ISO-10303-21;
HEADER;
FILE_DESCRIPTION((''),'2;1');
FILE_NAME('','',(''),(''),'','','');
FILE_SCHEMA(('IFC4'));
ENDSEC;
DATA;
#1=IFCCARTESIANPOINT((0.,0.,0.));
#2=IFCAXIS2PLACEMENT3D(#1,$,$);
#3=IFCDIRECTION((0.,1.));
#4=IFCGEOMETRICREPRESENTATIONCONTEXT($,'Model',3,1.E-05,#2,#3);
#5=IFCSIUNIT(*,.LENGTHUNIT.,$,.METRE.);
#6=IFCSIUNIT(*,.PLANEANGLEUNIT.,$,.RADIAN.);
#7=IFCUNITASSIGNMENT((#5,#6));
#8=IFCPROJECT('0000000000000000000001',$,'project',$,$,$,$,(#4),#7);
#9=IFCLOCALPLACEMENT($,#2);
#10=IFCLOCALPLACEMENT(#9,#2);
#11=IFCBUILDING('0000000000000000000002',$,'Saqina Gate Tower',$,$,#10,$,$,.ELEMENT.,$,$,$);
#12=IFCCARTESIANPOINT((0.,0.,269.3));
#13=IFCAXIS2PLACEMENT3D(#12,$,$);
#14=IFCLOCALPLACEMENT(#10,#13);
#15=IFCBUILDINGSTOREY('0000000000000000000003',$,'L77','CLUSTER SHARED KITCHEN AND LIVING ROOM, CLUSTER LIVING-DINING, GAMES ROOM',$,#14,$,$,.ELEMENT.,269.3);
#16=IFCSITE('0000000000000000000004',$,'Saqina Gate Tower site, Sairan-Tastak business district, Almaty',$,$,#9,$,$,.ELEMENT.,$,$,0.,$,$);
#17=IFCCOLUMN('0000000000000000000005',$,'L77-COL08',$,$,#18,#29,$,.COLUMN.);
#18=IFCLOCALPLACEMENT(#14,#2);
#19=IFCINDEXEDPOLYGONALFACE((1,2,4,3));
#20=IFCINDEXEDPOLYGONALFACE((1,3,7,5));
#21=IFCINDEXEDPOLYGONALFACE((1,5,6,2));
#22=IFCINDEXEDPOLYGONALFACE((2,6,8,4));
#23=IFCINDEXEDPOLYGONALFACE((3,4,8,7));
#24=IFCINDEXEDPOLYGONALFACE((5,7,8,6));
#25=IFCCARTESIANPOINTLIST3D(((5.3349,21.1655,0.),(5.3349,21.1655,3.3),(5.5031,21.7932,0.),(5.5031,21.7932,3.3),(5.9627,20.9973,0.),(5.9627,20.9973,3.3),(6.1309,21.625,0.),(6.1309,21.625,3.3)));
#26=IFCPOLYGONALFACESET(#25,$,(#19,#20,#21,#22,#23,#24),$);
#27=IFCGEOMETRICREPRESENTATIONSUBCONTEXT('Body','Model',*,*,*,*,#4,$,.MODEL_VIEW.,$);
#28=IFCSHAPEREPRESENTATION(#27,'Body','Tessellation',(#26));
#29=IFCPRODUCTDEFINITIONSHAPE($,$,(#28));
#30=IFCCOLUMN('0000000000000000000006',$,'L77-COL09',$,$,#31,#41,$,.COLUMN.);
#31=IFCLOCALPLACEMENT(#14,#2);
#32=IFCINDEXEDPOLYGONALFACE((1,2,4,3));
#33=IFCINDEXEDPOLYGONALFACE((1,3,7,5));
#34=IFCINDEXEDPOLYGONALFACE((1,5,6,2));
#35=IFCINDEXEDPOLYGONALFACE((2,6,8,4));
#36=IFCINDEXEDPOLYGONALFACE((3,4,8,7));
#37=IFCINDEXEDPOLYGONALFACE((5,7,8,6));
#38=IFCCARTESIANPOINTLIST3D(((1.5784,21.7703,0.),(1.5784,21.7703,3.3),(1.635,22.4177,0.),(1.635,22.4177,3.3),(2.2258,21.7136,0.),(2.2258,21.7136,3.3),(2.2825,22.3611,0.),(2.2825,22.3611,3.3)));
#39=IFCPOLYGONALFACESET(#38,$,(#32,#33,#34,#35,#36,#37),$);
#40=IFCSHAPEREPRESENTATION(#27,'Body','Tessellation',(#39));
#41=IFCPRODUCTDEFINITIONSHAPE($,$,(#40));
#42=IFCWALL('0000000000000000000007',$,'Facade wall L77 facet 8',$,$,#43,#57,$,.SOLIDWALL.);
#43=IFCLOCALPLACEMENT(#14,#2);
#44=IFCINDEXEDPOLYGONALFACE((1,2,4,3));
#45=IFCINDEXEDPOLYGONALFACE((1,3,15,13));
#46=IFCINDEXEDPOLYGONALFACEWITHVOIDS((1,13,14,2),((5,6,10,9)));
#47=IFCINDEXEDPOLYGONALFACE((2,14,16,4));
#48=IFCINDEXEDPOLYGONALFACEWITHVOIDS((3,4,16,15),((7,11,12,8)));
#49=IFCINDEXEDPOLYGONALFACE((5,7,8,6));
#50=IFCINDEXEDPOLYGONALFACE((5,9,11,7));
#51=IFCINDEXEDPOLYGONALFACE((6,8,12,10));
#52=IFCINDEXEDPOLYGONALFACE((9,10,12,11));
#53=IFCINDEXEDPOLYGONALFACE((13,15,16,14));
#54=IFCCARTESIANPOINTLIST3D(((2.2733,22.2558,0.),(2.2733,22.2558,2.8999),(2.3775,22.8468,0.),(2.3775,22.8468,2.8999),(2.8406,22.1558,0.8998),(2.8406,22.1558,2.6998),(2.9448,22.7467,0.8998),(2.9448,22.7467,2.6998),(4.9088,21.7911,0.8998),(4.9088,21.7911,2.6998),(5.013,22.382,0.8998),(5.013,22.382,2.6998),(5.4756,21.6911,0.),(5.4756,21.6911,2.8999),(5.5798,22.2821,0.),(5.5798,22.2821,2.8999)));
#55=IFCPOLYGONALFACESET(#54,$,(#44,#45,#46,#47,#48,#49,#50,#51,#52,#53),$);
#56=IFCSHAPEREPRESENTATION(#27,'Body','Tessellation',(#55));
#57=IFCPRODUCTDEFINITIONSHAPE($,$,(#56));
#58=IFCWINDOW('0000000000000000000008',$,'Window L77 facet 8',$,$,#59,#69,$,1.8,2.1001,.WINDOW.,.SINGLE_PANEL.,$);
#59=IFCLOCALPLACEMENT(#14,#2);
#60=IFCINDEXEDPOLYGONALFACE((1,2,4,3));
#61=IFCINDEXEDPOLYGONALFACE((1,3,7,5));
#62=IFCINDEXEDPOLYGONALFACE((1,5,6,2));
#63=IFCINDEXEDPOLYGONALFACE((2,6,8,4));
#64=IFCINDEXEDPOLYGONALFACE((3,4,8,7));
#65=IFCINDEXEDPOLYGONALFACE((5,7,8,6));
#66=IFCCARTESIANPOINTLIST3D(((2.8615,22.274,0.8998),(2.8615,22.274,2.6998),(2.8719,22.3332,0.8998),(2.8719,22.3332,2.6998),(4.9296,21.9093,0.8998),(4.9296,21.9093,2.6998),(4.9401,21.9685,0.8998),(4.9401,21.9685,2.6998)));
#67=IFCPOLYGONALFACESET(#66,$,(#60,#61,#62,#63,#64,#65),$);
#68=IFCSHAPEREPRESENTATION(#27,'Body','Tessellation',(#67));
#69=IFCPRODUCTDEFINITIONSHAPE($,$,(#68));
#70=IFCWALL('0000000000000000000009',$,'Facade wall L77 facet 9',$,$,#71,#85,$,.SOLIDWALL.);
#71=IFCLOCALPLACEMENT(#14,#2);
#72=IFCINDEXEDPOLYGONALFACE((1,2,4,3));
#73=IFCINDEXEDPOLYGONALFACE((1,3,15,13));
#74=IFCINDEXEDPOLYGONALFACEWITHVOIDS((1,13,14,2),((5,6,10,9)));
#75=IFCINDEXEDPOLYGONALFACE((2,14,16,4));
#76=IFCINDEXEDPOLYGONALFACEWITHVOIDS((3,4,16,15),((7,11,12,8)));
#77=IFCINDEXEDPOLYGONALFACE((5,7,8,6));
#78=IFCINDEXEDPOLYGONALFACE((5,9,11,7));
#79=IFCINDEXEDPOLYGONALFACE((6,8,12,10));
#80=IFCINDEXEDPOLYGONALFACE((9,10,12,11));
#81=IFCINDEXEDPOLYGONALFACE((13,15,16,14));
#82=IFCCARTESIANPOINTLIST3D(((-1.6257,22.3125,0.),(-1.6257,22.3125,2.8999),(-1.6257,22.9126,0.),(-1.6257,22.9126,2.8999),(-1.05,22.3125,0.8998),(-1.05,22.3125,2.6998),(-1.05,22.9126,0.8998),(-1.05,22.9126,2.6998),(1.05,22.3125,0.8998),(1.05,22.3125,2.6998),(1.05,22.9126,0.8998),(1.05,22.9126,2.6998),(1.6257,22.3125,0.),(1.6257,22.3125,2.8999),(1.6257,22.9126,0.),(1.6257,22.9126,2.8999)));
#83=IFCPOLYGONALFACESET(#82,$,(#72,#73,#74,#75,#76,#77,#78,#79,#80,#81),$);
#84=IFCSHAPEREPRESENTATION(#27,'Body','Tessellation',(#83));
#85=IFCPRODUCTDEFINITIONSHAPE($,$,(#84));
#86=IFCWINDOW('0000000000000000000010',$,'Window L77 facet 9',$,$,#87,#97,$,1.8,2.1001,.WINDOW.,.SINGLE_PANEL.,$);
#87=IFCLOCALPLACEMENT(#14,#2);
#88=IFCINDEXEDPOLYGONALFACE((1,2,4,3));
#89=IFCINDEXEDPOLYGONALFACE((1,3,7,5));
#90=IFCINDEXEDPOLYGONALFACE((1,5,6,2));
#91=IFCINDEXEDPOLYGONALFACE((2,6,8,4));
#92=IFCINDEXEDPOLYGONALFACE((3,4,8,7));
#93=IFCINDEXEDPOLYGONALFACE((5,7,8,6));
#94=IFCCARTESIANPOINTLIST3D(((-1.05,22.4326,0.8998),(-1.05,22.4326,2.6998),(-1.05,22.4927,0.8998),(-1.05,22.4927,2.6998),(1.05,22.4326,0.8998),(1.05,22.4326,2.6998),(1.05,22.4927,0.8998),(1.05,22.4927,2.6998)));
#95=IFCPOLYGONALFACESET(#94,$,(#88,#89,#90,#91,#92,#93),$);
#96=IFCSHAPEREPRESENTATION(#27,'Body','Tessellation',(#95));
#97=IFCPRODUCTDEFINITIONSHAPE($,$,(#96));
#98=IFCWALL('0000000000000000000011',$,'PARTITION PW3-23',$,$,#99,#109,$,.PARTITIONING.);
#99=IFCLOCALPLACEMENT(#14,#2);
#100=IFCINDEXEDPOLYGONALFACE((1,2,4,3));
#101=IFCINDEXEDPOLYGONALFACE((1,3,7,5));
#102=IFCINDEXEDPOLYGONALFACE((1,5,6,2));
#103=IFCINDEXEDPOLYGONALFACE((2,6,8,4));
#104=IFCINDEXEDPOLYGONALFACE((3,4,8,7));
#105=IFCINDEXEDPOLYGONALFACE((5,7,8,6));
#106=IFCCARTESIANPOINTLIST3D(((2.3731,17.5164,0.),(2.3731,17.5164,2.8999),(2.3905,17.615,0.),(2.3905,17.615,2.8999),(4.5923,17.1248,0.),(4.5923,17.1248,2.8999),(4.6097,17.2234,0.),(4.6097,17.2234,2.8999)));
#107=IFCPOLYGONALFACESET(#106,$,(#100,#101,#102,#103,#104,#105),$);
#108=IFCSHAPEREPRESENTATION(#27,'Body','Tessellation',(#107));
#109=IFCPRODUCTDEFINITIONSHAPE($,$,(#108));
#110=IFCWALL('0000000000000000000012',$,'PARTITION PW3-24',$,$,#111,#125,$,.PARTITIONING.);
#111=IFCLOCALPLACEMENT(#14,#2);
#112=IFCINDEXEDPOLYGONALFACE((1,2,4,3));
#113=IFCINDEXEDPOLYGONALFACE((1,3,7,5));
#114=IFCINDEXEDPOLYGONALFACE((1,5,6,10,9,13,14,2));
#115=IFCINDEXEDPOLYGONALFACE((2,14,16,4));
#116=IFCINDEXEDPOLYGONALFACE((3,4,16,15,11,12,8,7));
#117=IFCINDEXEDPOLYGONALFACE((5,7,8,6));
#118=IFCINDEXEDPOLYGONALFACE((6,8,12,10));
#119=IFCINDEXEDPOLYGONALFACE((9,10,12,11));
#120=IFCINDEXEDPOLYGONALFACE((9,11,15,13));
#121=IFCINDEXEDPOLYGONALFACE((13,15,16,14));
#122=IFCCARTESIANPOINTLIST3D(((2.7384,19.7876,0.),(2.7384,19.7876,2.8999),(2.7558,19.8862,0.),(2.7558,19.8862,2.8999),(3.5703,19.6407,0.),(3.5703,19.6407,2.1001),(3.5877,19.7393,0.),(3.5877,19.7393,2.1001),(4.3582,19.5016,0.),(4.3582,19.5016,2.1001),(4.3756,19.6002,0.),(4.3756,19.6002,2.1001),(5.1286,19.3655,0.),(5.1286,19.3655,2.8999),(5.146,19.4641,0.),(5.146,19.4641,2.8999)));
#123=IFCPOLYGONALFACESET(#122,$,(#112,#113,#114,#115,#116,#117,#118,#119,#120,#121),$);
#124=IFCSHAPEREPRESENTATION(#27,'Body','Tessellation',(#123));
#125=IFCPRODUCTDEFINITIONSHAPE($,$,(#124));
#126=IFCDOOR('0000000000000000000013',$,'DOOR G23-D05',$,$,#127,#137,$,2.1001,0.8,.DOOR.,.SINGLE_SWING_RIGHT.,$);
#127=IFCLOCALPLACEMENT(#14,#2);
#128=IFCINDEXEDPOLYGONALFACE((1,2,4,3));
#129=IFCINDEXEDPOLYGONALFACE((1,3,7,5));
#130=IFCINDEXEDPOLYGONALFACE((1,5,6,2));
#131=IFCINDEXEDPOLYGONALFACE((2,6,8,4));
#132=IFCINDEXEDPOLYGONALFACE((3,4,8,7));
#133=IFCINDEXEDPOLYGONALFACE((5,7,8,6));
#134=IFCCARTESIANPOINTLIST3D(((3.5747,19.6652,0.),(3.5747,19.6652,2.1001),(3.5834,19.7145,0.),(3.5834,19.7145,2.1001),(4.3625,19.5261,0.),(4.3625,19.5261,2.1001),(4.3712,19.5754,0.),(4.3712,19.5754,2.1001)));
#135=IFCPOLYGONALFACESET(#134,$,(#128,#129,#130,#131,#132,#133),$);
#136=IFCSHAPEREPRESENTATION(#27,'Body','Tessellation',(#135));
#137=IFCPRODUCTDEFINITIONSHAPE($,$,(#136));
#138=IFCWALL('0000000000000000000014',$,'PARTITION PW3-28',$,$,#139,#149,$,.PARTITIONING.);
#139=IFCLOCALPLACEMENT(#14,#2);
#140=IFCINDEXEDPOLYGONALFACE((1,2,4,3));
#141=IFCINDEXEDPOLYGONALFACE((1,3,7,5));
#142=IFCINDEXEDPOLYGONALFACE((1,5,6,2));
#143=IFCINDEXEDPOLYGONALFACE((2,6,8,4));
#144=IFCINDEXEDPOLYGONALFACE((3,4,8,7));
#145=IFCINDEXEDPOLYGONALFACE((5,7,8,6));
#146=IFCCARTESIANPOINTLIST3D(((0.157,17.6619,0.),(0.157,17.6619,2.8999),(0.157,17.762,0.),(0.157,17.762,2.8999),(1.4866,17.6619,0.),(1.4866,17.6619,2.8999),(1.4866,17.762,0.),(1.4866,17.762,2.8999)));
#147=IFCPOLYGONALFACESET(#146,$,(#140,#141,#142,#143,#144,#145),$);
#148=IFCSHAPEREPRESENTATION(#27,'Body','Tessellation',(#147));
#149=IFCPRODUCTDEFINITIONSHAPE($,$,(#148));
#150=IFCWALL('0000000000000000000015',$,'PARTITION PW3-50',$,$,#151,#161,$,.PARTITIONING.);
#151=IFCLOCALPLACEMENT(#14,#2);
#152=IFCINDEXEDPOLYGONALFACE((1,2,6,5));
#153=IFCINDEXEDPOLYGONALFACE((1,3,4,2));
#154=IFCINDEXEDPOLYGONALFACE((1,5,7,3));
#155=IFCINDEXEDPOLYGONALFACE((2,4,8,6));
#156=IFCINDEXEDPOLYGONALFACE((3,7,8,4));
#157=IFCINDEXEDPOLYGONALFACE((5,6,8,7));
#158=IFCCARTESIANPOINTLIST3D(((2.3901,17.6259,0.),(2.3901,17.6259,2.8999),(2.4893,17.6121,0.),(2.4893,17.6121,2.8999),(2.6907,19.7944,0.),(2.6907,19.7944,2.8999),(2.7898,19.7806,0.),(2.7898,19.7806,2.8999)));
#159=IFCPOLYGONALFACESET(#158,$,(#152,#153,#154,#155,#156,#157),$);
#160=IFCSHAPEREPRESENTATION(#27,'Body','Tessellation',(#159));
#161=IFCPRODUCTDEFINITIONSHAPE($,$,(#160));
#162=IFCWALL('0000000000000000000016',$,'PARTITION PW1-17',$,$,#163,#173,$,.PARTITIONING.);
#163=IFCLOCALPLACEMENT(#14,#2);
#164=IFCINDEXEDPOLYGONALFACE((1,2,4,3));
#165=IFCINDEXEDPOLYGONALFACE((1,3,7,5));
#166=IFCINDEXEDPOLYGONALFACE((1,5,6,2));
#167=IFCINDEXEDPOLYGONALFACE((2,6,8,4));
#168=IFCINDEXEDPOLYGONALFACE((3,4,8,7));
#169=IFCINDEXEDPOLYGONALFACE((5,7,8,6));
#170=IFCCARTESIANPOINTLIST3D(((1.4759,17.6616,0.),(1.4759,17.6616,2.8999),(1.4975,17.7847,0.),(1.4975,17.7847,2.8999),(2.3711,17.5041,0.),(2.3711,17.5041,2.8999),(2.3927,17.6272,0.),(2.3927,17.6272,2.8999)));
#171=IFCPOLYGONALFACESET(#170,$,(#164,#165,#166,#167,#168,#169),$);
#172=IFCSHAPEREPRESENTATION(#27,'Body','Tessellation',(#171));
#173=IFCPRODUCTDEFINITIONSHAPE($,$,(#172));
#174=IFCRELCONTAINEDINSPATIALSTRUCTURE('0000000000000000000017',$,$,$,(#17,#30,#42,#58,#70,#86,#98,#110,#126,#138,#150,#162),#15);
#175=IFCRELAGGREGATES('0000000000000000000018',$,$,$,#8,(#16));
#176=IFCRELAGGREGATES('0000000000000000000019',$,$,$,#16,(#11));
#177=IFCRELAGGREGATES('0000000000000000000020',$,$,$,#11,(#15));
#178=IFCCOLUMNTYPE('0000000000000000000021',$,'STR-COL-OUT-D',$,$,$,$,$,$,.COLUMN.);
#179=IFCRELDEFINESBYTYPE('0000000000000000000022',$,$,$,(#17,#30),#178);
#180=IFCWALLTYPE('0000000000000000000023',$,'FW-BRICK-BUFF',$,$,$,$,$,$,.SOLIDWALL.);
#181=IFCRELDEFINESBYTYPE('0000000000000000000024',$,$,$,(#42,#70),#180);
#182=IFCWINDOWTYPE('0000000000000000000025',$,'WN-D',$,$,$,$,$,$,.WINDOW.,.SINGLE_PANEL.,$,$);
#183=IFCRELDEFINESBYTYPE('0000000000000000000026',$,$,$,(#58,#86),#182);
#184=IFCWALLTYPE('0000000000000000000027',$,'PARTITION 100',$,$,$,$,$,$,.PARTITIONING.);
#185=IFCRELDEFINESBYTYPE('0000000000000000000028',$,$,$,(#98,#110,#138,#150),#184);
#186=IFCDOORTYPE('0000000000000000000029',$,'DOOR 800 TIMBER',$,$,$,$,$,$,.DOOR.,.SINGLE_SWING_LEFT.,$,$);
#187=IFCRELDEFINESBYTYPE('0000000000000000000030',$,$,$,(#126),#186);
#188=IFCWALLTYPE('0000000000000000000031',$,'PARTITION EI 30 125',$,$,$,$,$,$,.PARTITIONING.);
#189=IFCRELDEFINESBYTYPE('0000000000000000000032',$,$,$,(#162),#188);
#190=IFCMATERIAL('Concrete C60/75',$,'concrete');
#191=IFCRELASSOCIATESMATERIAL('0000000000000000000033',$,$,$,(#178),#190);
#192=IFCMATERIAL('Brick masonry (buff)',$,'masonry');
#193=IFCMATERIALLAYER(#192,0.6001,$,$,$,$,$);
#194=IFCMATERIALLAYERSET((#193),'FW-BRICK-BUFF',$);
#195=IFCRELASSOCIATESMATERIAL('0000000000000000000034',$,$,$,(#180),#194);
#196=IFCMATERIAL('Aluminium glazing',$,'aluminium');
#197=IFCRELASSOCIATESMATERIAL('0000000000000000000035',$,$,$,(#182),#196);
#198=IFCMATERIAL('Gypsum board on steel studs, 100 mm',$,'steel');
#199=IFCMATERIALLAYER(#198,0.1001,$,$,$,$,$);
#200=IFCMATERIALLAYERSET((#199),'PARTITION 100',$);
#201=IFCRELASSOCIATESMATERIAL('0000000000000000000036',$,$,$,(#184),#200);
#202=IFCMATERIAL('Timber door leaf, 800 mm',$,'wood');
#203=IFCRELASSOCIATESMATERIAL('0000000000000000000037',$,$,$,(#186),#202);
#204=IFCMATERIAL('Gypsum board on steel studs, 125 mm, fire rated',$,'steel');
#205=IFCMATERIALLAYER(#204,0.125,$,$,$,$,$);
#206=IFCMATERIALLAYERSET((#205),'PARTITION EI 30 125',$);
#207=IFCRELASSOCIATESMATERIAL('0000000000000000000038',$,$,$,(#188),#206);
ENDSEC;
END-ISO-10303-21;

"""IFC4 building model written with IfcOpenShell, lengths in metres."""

from ifc_helpers import new_model, si_unit, direction, frame, frame_2d, origin, origin_2d, place, context, subcontext, project, spatial, rectangle, extrude, material, layer, layer_set, material_profile, profile_set, type_object, element, fill, save


model = new_model("IFC4")

# Units and contexts
model_context = context("Model", 3, precision=1e-05, world=origin(), true_north=direction((0.0, 1.0)))
body_context = subcontext(model_context, "Body", "Model", "MODEL_VIEW")
ifc_project = project(units=[si_unit("LENGTHUNIT", "METRE"), si_unit("PLANEANGLEUNIT", "RADIAN")], contexts=[model_context])

# Site, building, storey
site_placement = place(None, origin())
site = spatial("IfcSite", under=ifc_project, at=site_placement, Name="Saqina Gate Tower site, Sairan-Tastak business district, Almaty", CompositionType="ELEMENT", RefElevation=0.0)
building_placement = place(site_placement, origin())
building = spatial("IfcBuilding", under=site, at=building_placement, Name="Saqina Gate Tower", CompositionType="ELEMENT")
storey_placement = place(building_placement, frame((0.0, 0.0, 269.3)))
storey = spatial("IfcBuildingStorey", under=building, at=storey_placement, Name="L77", Description="CLUSTER SHARED KITCHEN AND LIVING ROOM, CLUSTER LIVING-DINING, GAMES ROOM", CompositionType="ELEMENT", Elevation=269.3)

# Columns
ifc_material_1 = material(Name="Concrete C60/75", Category="concrete")
ifc_material_profile = material_profile(ifc_material_1, rectangle(XDim=0.6499, YDim=0.6499, at=origin_2d()), Name="RC 650x650")
ifc_profile_set = profile_set([ifc_material_profile], Name="Concrete C60/75")
column_type = type_object("IfcColumnType", Name="STR-COL-OUT-D", PredefinedType="COLUMN", material=ifc_profile_set)
for number, where, z_axis, x_axis, name in (
    (1, (5.7329, 21.3953, 0.0), (0.0, 0.0, 1.0), (0.258819, 0.965926, 0.0), "L77-COL08"),
    (2, (1.9304, 22.0657, 0.0), (0.0, 0.0, 1.0), (0.087156, 0.996195, 0.0), "L77-COL09"),
):
    element("IfcColumn", number, at=place(storey_placement, frame(where, z_axis=z_axis, x_axis=x_axis)), inside=storey, type_object=column_type, Name=name, PredefinedType="COLUMN", context=body_context, shape_type="SweptSolid", body=[
        extrude(rectangle(XDim=0.6499, YDim=0.6499, at=origin_2d()), origin(), (0.0, 0.0, 1.0), 3.3),
    ])

# Walls, openings, windows
ifc_material_2 = material(Name="Brick masonry (buff)", Category="masonry")
ifc_layer_1 = layer(ifc_material_2, 0.6001)
ifc_layer_set_1 = layer_set([ifc_layer_1], Name="FW-BRICK-BUFF")
wall_type_1 = type_object("IfcWallType", Name="FW-BRICK-BUFF", PredefinedType="SOLIDWALL", material=ifc_layer_set_1)
wall_1_placement = place(storey_placement, frame((5.5278, 21.9866, 0.0), z_axis=(0.0, 0.0, 1.0), x_axis=(-0.984806, 0.173657, 0.0)))
wall_1 = element("IfcWall", 3, at=wall_1_placement, inside=storey, type_object=wall_type_1, Name="Facade wall L77 facet 8", PredefinedType="SOLIDWALL", context=body_context, shape_type="SweptSolid", body=[
    extrude(rectangle(XDim=3.2517, YDim=0.6001, at=frame_2d((1.626, 0.0))), origin(), (0.0, 0.0, 1.0), 2.8999),
])
opening_1_placement = place(wall_1_placement, frame((0.5757, 0.0, 0.8999)))
opening_1 = element("IfcOpeningElement", 4, at=opening_1_placement, cuts=wall_1, PredefinedType="OPENING", context=body_context, shape_type="SweptSolid", body=[
    extrude(rectangle(XDim=2.1001, YDim=1.8, at=frame_2d((1.05, 0.8999))), frame((0.0, 0.312, 0.0), z_axis=(0.0, -1.0, 0.0), x_axis=(1.0, 0.0, 0.0)), (0.0, 0.0, 1.0), 0.624),
])
ifc_material_3 = material(Name="Aluminium glazing", Category="aluminium")
window_type = type_object("IfcWindowType", Name="WN-D", PartitioningType="SINGLE_PANEL", PredefinedType="WINDOW", material=ifc_material_3)
window_1_placement = place(opening_1_placement, origin())
window_1 = element("IfcWindow", 5, at=window_1_placement, inside=storey, type_object=window_type, Name="Window L77 facet 8", OverallHeight=1.8, OverallWidth=2.1001, PartitioningType="SINGLE_PANEL", PredefinedType="WINDOW", context=body_context, shape_type="SweptSolid", body=[
    extrude(rectangle(XDim=2.1001, YDim=1.8, at=frame_2d((1.05, 0.8999))), frame((0.0, 0.1799, 0.0), z_axis=(0.0, -1.0, 0.0), x_axis=(1.0, 0.0, 0.0)), (0.0, 0.0, 1.0), 0.0601),
])
fill(opening_1, window_1)
wall_2_placement = place(storey_placement, frame((1.6257, 22.6125, 0.0), z_axis=(0.0, 0.0, 1.0), x_axis=(-1.0, 0.0, 0.0)))
wall_2 = element("IfcWall", 6, at=wall_2_placement, inside=storey, type_object=wall_type_1, Name="Facade wall L77 facet 9", PredefinedType="SOLIDWALL", context=body_context, shape_type="SweptSolid", body=[
    extrude(rectangle(XDim=3.2515, YDim=0.6001, at=frame_2d((1.6257, 0.0))), origin(), (0.0, 0.0, 1.0), 2.8999),
])
opening_2_placement = place(wall_2_placement, frame((0.5757, 0.0, 0.8999)))
opening_2 = element("IfcOpeningElement", 7, at=opening_2_placement, cuts=wall_2, PredefinedType="OPENING", context=body_context, shape_type="SweptSolid", body=[
    extrude(rectangle(XDim=2.1001, YDim=1.8, at=frame_2d((1.05, 0.8999))), frame((0.0, 0.312, 0.0), z_axis=(0.0, -1.0, 0.0), x_axis=(1.0, 0.0, 0.0)), (0.0, 0.0, 1.0), 0.624),
])
window_2_placement = place(opening_2_placement, origin())
window_2 = element("IfcWindow", 8, at=window_2_placement, inside=storey, type_object=window_type, Name="Window L77 facet 9", OverallHeight=1.8, OverallWidth=2.1001, PartitioningType="SINGLE_PANEL", PredefinedType="WINDOW", context=body_context, shape_type="SweptSolid", body=[
    extrude(rectangle(XDim=2.1001, YDim=1.8, at=frame_2d((1.05, 0.8999))), frame((0.0, 0.1799, 0.0), z_axis=(0.0, -1.0, 0.0), x_axis=(1.0, 0.0, 0.0)), (0.0, 0.0, 1.0), 0.0601),
])
fill(opening_2, window_2)

# Wall
ifc_material_4 = material(Name="Gypsum board on steel studs, 100 mm", Category="steel")
ifc_layer_2 = layer(ifc_material_4, 0.1001)
ifc_layer_set_2 = layer_set([ifc_layer_2], Name="PARTITION 100")
wall_type_2 = type_object("IfcWallType", Name="PARTITION 100", PredefinedType="PARTITIONING", material=ifc_layer_set_2)
wall_3_placement = place(storey_placement, frame((2.3818, 17.5657, 0.0), z_axis=(0.0, 0.0, 1.0), x_axis=(0.984786, -0.173773, 0.0)))
element("IfcWall", 9, at=wall_3_placement, inside=storey, type_object=wall_type_2, Name="PARTITION PW3-23", PredefinedType="PARTITIONING", context=body_context, shape_type="SweptSolid", body=[
    extrude(rectangle(XDim=2.2534, YDim=0.1001, at=frame_2d((1.1267, 0.0))), origin(), (0.0, 0.0, 1.0), 2.8999),
])

# Wall, opening, door
wall_4_placement = place(storey_placement, frame((2.7471, 19.8369, 0.0), z_axis=(0.0, 0.0, 1.0), x_axis=(0.984763, -0.1739, 0.0)))
wall_4 = element("IfcWall", 10, at=wall_4_placement, inside=storey, type_object=wall_type_2, Name="PARTITION PW3-24", PredefinedType="PARTITIONING", context=body_context, shape_type="SweptSolid", body=[
    extrude(rectangle(XDim=2.4272, YDim=0.1001, at=frame_2d((1.2136, 0.0))), origin(), (0.0, 0.0, 1.0), 2.8999),
])
opening_3_placement = place(wall_4_placement, frame((0.845, 0.0, 0.0)))
opening_3 = element("IfcOpeningElement", 11, at=opening_3_placement, cuts=wall_4, PredefinedType="OPENING", context=body_context, shape_type="SweptSolid", body=[
    extrude(rectangle(XDim=0.8, YDim=2.1001, at=frame_2d((0.3999, 1.05))), frame((0.0, 0.062, 0.0), z_axis=(0.0, -1.0, 0.0), x_axis=(1.0, 0.0, 0.0)), (0.0, 0.0, 1.0), 0.124),
])
ifc_material_5 = material(Name="Timber door leaf, 800 mm", Category="wood")
door_type_1 = type_object("IfcDoorType", Name="DOOR 800 TIMBER", OperationType="SINGLE_SWING_LEFT", PredefinedType="DOOR", material=ifc_material_5)
door_1_placement = place(opening_3_placement, origin())
door_1 = element("IfcDoor", 12, at=door_1_placement, inside=storey, type_object=door_type_1, Name="DOOR G23-D05", OperationType="SINGLE_SWING_RIGHT", OverallHeight=2.1001, OverallWidth=0.8, PredefinedType="DOOR", context=body_context, shape_type="SweptSolid", body=[
    extrude(rectangle(XDim=0.8, YDim=2.1001, at=frame_2d((0.3999, 1.05))), frame((0.0, 0.0249, 0.0), z_axis=(0.0, -1.0, 0.0), x_axis=(1.0, 0.0, 0.0)), (0.0, 0.0, 1.0), 0.05),
])
fill(opening_3, door_1)

# Walls
wall_5_placement = place(storey_placement, frame((0.157, 17.7119, 0.0), z_axis=(0.0, 0.0, 1.0), x_axis=(1.0, 0.0, 0.0)))
element("IfcWall", 13, at=wall_5_placement, inside=storey, type_object=wall_type_2, Name="PARTITION PW3-28", PredefinedType="PARTITIONING", context=body_context, shape_type="SweptSolid", body=[
    extrude(rectangle(XDim=1.3296, YDim=0.1001, at=frame_2d((0.6648, 0.0))), origin(), (0.0, 0.0, 1.0), 2.8999),
])
wall_6_placement = place(storey_placement, frame((2.4397, 17.6189, 0.0), z_axis=(0.0, 0.0, 1.0), x_axis=(0.137283, 0.990532, 0.0)))
element("IfcWall", 14, at=wall_6_placement, inside=storey, type_object=wall_type_2, Name="PARTITION PW3-50", PredefinedType="PARTITIONING", context=body_context, shape_type="SweptSolid", body=[
    extrude(rectangle(XDim=2.1892, YDim=0.1001, at=frame_2d((1.0947, 0.0))), origin(), (0.0, 0.0, 1.0), 2.8999),
])
ifc_material_6 = material(Name="Gypsum board on steel studs, 125 mm, fire rated", Category="steel")
ifc_layer_3 = layer(ifc_material_6, 0.125)
ifc_layer_set_3 = layer_set([ifc_layer_3], Name="PARTITION EI 30 125")
wall_type_3 = type_object("IfcWallType", Name="PARTITION EI 30 125", PredefinedType="PARTITIONING", material=ifc_layer_set_3)
wall_7_placement = place(storey_placement, frame((1.4866, 17.7231, 0.0), z_axis=(0.0, 0.0, 1.0), x_axis=(0.984881, -0.173234, 0.0)))
element("IfcWall", 15, at=wall_7_placement, inside=storey, type_object=wall_type_3, Name="PARTITION PW1-17", PredefinedType="PARTITIONING", context=body_context, shape_type="SweptSolid", body=[
    extrude(rectangle(XDim=0.9089, YDim=0.125, at=frame_2d((0.4546, 0.0))), origin(), (0.0, 0.0, 1.0), 2.8999),
])

save(model, "model.ifc")
